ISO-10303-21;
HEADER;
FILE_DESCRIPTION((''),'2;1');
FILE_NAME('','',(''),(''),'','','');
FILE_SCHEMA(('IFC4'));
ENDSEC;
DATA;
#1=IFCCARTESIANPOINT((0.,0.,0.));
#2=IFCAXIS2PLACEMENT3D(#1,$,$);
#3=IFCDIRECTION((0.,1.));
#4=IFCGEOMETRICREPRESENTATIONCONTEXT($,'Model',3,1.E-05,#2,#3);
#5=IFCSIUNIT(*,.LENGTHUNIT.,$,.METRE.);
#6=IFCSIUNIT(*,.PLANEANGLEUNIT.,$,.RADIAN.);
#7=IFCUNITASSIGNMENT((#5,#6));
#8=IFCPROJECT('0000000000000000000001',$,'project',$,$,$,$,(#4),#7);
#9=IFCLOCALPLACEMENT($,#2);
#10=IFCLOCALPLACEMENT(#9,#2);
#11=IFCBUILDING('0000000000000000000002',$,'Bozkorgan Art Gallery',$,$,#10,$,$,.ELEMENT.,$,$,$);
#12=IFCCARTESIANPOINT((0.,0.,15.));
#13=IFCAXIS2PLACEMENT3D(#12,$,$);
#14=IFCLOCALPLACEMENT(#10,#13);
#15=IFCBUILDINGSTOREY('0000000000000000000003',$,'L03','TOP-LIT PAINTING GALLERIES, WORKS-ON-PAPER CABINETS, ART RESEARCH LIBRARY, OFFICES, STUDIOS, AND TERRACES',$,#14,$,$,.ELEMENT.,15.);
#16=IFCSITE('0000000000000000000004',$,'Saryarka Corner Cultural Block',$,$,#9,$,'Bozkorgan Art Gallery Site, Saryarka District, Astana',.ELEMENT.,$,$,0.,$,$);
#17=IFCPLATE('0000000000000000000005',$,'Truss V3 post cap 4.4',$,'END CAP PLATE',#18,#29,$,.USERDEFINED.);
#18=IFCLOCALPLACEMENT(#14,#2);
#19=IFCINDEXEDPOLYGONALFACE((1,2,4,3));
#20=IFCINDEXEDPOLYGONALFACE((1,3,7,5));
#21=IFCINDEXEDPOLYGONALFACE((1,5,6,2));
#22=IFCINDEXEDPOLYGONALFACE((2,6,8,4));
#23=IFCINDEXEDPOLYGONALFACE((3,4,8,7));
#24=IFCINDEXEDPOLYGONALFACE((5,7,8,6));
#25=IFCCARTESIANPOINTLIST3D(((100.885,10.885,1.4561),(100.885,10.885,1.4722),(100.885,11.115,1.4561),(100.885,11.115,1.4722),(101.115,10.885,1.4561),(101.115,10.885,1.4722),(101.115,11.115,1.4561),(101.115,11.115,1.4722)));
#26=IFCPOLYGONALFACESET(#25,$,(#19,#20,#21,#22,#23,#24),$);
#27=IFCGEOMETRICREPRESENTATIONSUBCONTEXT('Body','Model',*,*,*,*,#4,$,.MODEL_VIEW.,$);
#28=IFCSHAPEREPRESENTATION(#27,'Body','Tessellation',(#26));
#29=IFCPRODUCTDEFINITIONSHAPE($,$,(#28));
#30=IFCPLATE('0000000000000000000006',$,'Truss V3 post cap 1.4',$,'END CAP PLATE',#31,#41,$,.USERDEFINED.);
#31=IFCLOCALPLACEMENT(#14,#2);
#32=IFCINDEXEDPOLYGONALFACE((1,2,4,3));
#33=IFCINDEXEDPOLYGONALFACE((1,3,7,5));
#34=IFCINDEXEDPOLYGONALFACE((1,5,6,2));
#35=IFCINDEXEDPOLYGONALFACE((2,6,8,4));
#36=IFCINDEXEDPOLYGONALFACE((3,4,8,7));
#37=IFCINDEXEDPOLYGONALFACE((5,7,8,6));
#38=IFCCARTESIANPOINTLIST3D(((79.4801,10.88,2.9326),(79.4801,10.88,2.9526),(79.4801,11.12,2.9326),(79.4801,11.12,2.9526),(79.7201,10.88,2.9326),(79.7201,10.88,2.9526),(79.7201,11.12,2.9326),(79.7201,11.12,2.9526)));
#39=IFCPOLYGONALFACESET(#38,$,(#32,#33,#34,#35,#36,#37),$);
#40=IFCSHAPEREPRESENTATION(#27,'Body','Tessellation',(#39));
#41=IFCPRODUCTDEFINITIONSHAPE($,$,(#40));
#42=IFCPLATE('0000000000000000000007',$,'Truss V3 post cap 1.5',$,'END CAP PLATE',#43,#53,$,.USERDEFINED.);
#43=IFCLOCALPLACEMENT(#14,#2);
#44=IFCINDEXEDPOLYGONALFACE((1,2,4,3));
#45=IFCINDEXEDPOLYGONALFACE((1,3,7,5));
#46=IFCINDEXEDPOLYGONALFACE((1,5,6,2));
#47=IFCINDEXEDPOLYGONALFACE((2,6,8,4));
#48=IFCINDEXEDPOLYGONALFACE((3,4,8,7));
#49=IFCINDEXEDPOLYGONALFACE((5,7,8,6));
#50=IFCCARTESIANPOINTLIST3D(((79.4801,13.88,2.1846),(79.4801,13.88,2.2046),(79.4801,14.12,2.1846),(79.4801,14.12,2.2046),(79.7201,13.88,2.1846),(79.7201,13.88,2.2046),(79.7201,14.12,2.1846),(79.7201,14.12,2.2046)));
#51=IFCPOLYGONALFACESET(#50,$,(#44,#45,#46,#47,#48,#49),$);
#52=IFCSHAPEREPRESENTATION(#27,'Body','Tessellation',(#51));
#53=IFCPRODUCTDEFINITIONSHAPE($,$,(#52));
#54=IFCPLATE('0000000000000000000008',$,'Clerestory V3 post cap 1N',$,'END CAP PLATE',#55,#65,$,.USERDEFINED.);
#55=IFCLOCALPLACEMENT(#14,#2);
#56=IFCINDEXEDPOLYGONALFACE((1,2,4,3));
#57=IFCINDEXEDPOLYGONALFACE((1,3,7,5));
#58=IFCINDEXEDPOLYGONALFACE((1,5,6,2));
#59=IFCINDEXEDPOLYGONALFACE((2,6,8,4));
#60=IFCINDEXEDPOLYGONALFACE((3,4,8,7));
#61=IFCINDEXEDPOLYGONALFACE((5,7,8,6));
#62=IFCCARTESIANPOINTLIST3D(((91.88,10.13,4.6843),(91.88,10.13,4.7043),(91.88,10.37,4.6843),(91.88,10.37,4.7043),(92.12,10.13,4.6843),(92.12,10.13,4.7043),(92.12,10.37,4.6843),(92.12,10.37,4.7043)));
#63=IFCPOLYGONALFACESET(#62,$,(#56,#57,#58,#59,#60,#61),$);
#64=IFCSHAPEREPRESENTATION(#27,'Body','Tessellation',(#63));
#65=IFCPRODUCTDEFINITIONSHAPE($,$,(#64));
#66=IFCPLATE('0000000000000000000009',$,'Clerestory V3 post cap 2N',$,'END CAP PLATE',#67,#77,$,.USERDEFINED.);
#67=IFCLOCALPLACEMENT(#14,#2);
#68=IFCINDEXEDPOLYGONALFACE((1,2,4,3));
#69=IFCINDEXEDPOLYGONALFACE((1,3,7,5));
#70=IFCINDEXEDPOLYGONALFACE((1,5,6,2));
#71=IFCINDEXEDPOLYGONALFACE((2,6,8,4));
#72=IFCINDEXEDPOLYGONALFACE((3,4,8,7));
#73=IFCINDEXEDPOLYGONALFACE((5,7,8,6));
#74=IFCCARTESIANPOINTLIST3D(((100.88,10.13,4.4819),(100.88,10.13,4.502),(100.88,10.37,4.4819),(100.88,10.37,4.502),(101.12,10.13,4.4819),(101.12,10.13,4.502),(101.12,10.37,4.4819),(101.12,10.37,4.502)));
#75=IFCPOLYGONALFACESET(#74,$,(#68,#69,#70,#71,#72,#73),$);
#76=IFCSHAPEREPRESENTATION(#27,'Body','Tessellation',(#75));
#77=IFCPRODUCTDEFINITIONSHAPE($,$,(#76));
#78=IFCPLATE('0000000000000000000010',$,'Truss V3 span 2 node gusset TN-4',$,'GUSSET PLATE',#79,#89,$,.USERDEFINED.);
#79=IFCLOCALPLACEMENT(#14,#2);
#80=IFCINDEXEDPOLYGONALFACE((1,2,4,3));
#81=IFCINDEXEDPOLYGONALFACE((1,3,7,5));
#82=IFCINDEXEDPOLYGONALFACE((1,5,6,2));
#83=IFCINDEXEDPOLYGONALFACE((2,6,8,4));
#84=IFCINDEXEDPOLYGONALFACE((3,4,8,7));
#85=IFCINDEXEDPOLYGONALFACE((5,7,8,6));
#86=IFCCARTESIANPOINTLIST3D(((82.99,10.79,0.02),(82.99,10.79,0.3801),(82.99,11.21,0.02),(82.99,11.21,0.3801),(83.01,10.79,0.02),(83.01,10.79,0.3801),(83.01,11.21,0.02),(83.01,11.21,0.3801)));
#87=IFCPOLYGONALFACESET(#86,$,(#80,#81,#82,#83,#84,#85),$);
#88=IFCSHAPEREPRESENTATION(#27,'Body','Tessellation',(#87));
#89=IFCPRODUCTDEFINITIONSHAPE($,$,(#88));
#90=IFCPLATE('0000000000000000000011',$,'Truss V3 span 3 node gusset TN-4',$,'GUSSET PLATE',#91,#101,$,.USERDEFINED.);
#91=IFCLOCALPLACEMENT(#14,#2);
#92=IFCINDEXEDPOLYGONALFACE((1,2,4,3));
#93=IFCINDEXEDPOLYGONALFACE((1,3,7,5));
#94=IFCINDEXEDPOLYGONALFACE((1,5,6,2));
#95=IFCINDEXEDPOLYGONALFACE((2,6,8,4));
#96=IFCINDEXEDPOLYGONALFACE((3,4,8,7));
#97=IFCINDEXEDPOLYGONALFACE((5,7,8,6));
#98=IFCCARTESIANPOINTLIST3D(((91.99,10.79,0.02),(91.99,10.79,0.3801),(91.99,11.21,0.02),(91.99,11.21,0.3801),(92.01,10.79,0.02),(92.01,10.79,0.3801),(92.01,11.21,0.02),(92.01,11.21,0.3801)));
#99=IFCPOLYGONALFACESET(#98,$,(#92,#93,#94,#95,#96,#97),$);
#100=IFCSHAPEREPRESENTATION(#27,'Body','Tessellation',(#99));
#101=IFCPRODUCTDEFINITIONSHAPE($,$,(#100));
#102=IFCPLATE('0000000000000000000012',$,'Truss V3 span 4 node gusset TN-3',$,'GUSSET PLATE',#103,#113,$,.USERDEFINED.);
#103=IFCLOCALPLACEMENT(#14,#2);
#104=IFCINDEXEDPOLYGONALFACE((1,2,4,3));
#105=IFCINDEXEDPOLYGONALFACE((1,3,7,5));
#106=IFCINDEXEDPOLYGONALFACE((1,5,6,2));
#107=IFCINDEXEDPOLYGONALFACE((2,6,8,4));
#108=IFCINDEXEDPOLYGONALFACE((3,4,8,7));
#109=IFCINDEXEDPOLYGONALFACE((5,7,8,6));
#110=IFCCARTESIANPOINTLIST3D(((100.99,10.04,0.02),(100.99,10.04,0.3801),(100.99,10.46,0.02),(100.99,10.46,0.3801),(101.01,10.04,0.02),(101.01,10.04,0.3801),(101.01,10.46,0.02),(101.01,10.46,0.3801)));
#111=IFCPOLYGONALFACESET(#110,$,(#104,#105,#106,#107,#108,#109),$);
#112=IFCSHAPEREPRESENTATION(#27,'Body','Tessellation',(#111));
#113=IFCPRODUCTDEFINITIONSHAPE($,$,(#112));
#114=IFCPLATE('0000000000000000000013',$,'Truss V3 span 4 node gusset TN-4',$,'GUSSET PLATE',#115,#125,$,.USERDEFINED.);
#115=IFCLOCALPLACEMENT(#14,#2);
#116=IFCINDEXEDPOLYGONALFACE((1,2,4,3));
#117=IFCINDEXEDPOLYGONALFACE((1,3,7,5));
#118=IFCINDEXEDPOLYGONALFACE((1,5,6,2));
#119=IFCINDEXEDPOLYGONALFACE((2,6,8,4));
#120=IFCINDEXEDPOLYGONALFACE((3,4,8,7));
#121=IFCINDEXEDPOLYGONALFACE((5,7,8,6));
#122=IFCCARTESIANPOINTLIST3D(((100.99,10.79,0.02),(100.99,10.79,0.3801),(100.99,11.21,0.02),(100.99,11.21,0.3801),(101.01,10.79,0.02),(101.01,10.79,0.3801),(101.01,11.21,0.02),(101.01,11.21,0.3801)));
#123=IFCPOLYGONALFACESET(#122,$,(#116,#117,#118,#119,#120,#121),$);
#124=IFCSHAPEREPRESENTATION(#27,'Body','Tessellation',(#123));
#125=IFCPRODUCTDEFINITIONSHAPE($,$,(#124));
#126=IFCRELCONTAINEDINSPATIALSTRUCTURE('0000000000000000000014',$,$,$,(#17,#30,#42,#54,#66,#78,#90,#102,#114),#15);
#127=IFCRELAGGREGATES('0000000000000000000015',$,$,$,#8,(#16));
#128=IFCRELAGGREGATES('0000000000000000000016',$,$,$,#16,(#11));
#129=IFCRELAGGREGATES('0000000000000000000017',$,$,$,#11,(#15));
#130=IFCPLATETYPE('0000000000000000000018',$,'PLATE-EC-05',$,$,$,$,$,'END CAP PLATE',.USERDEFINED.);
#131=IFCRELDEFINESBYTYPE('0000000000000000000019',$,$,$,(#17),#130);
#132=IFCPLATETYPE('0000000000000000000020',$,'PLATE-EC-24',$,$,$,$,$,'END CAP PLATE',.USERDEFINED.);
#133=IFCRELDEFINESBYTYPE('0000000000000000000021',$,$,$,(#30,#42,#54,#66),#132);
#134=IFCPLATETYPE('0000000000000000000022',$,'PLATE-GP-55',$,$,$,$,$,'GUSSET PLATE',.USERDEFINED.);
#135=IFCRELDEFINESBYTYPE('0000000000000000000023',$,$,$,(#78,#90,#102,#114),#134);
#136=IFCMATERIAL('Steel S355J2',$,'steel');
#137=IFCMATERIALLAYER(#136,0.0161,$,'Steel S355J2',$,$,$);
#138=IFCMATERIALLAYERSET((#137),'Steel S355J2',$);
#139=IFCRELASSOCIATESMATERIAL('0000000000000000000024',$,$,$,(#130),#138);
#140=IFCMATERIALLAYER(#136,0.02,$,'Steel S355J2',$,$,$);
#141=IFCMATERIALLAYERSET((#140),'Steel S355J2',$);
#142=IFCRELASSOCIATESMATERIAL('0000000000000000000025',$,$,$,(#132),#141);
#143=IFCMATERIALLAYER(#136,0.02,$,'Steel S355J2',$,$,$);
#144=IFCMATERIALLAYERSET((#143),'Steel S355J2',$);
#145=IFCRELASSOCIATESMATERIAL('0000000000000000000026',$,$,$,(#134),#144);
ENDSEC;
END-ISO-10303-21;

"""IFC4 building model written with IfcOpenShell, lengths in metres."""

from ifc_helpers import new_model, si_unit, direction, frame, origin, origin_2d, place, context, subcontext, project, spatial, rectangle, extrude, material, layer, layer_set, type_object, element, save


model = new_model("IFC4")

# Units and contexts
model_context = context("Model", 3, precision=1e-05, world=origin(), true_north=direction((0.0, 1.0)))
body_context = subcontext(model_context, "Body", "Model", "MODEL_VIEW")
ifc_project = project(units=[si_unit("LENGTHUNIT", "METRE"), si_unit("PLANEANGLEUNIT", "RADIAN")], contexts=[model_context])

# Site, building, storey
site_placement = place(None, origin())
site = spatial("IfcSite", under=ifc_project, at=site_placement, Name="Saryarka Corner Cultural Block", LongName="Bozkorgan Art Gallery Site, Saryarka District, Astana", CompositionType="ELEMENT", RefElevation=0.0)
building_placement = place(site_placement, origin())
building = spatial("IfcBuilding", under=site, at=building_placement, Name="Bozkorgan Art Gallery", CompositionType="ELEMENT")
storey_placement = place(building_placement, frame((0.0, 0.0, 15.0)))
storey = spatial("IfcBuildingStorey", under=building, at=storey_placement, Name="L03", Description="TOP-LIT PAINTING GALLERIES, WORKS-ON-PAPER CABINETS, ART RESEARCH LIBRARY, OFFICES, STUDIOS, AND TERRACES", CompositionType="ELEMENT", Elevation=15.0)

# Shared definitions
ifc_material = material(Name="Steel S355J2", Category="steel")

# Plates
ifc_layer_1 = layer(ifc_material, 0.0161, Name="Steel S355J2")
ifc_layer_set_1 = layer_set([ifc_layer_1], Name="Steel S355J2")
plate_type_1 = type_object("IfcPlateType", Name="PLATE-EC-05", ElementType="END CAP PLATE", PredefinedType="USERDEFINED", material=ifc_layer_set_1)
for number, where, z_axis, x_axis, name in (
    (1, (101.0, 11.0, 1.4561), (0.0, 0.0, 1.0), (1.0, 0.0, 0.0), "Truss V3 post cap 4.4"),
):
    element("IfcPlate", number, at=place(storey_placement, frame(where, z_axis=z_axis, x_axis=x_axis)), inside=storey, type_object=plate_type_1, Name=name, ObjectType="END CAP PLATE", PredefinedType="USERDEFINED", context=body_context, shape_type="SweptSolid", body=[
        extrude(rectangle(XDim=0.23, YDim=0.23, at=origin_2d()), origin(), (0.0, 0.0, 1.0), 0.0161),
    ])
ifc_layer_2 = layer(ifc_material, 0.02, Name="Steel S355J2")
ifc_layer_set_2 = layer_set([ifc_layer_2], Name="Steel S355J2")
plate_type_2 = type_object("IfcPlateType", Name="PLATE-EC-24", ElementType="END CAP PLATE", PredefinedType="USERDEFINED", material=ifc_layer_set_2)
for number, where, z_axis, x_axis, name in (
    (2, (79.6001, 11.0, 2.9326), (0.0, 0.0, 1.0), (1.0, 0.0, 0.0), "Truss V3 post cap 1.4"),
    (3, (79.6001, 14.0, 2.1846), (0.0, 0.0, 1.0), (1.0, 0.0, 0.0), "Truss V3 post cap 1.5"),
    (4, (92.0, 10.25, 4.6843), (0.0, 0.0, 1.0), (1.0, 0.0, 0.0), "Clerestory V3 post cap 1N"),
    (5, (101.0, 10.25, 4.4819), (0.0, 0.0, 1.0), (1.0, 0.0, 0.0), "Clerestory V3 post cap 2N"),
):
    element("IfcPlate", number, at=place(storey_placement, frame(where, z_axis=z_axis, x_axis=x_axis)), inside=storey, type_object=plate_type_2, Name=name, ObjectType="END CAP PLATE", PredefinedType="USERDEFINED", context=body_context, shape_type="SweptSolid", body=[
        extrude(rectangle(XDim=0.24, YDim=0.24, at=origin_2d()), origin(), (0.0, 0.0, 1.0), 0.02),
    ])
ifc_layer_3 = layer(ifc_material, 0.02, Name="Steel S355J2")
ifc_layer_set_3 = layer_set([ifc_layer_3], Name="Steel S355J2")
plate_type_3 = type_object("IfcPlateType", Name="PLATE-GP-55", ElementType="GUSSET PLATE", PredefinedType="USERDEFINED", material=ifc_layer_set_3)
for number, where, z_axis, x_axis, name in (
    (6, (83.0, 11.0, 0.02), (0.0, 0.0, 1.0), (1.0, 0.0, 0.0), "Truss V3 span 2 node gusset TN-4"),
    (7, (92.0, 11.0, 0.02), (0.0, 0.0, 1.0), (1.0, 0.0, 0.0), "Truss V3 span 3 node gusset TN-4"),
    (8, (101.0, 10.25, 0.02), (0.0, 0.0, 1.0), (1.0, 0.0, 0.0), "Truss V3 span 4 node gusset TN-3"),
    (9, (101.0, 11.0, 0.02), (0.0, 0.0, 1.0), (1.0, 0.0, 0.0), "Truss V3 span 4 node gusset TN-4"),
):
    element("IfcPlate", number, at=place(storey_placement, frame(where, z_axis=z_axis, x_axis=x_axis)), inside=storey, type_object=plate_type_3, Name=name, ObjectType="GUSSET PLATE", PredefinedType="USERDEFINED", context=body_context, shape_type="SweptSolid", body=[
        extrude(rectangle(XDim=0.02, YDim=0.4199, at=origin_2d()), origin(), (0.0, 0.0, 1.0), 0.3601),
    ])

save(model, "model.ifc")
